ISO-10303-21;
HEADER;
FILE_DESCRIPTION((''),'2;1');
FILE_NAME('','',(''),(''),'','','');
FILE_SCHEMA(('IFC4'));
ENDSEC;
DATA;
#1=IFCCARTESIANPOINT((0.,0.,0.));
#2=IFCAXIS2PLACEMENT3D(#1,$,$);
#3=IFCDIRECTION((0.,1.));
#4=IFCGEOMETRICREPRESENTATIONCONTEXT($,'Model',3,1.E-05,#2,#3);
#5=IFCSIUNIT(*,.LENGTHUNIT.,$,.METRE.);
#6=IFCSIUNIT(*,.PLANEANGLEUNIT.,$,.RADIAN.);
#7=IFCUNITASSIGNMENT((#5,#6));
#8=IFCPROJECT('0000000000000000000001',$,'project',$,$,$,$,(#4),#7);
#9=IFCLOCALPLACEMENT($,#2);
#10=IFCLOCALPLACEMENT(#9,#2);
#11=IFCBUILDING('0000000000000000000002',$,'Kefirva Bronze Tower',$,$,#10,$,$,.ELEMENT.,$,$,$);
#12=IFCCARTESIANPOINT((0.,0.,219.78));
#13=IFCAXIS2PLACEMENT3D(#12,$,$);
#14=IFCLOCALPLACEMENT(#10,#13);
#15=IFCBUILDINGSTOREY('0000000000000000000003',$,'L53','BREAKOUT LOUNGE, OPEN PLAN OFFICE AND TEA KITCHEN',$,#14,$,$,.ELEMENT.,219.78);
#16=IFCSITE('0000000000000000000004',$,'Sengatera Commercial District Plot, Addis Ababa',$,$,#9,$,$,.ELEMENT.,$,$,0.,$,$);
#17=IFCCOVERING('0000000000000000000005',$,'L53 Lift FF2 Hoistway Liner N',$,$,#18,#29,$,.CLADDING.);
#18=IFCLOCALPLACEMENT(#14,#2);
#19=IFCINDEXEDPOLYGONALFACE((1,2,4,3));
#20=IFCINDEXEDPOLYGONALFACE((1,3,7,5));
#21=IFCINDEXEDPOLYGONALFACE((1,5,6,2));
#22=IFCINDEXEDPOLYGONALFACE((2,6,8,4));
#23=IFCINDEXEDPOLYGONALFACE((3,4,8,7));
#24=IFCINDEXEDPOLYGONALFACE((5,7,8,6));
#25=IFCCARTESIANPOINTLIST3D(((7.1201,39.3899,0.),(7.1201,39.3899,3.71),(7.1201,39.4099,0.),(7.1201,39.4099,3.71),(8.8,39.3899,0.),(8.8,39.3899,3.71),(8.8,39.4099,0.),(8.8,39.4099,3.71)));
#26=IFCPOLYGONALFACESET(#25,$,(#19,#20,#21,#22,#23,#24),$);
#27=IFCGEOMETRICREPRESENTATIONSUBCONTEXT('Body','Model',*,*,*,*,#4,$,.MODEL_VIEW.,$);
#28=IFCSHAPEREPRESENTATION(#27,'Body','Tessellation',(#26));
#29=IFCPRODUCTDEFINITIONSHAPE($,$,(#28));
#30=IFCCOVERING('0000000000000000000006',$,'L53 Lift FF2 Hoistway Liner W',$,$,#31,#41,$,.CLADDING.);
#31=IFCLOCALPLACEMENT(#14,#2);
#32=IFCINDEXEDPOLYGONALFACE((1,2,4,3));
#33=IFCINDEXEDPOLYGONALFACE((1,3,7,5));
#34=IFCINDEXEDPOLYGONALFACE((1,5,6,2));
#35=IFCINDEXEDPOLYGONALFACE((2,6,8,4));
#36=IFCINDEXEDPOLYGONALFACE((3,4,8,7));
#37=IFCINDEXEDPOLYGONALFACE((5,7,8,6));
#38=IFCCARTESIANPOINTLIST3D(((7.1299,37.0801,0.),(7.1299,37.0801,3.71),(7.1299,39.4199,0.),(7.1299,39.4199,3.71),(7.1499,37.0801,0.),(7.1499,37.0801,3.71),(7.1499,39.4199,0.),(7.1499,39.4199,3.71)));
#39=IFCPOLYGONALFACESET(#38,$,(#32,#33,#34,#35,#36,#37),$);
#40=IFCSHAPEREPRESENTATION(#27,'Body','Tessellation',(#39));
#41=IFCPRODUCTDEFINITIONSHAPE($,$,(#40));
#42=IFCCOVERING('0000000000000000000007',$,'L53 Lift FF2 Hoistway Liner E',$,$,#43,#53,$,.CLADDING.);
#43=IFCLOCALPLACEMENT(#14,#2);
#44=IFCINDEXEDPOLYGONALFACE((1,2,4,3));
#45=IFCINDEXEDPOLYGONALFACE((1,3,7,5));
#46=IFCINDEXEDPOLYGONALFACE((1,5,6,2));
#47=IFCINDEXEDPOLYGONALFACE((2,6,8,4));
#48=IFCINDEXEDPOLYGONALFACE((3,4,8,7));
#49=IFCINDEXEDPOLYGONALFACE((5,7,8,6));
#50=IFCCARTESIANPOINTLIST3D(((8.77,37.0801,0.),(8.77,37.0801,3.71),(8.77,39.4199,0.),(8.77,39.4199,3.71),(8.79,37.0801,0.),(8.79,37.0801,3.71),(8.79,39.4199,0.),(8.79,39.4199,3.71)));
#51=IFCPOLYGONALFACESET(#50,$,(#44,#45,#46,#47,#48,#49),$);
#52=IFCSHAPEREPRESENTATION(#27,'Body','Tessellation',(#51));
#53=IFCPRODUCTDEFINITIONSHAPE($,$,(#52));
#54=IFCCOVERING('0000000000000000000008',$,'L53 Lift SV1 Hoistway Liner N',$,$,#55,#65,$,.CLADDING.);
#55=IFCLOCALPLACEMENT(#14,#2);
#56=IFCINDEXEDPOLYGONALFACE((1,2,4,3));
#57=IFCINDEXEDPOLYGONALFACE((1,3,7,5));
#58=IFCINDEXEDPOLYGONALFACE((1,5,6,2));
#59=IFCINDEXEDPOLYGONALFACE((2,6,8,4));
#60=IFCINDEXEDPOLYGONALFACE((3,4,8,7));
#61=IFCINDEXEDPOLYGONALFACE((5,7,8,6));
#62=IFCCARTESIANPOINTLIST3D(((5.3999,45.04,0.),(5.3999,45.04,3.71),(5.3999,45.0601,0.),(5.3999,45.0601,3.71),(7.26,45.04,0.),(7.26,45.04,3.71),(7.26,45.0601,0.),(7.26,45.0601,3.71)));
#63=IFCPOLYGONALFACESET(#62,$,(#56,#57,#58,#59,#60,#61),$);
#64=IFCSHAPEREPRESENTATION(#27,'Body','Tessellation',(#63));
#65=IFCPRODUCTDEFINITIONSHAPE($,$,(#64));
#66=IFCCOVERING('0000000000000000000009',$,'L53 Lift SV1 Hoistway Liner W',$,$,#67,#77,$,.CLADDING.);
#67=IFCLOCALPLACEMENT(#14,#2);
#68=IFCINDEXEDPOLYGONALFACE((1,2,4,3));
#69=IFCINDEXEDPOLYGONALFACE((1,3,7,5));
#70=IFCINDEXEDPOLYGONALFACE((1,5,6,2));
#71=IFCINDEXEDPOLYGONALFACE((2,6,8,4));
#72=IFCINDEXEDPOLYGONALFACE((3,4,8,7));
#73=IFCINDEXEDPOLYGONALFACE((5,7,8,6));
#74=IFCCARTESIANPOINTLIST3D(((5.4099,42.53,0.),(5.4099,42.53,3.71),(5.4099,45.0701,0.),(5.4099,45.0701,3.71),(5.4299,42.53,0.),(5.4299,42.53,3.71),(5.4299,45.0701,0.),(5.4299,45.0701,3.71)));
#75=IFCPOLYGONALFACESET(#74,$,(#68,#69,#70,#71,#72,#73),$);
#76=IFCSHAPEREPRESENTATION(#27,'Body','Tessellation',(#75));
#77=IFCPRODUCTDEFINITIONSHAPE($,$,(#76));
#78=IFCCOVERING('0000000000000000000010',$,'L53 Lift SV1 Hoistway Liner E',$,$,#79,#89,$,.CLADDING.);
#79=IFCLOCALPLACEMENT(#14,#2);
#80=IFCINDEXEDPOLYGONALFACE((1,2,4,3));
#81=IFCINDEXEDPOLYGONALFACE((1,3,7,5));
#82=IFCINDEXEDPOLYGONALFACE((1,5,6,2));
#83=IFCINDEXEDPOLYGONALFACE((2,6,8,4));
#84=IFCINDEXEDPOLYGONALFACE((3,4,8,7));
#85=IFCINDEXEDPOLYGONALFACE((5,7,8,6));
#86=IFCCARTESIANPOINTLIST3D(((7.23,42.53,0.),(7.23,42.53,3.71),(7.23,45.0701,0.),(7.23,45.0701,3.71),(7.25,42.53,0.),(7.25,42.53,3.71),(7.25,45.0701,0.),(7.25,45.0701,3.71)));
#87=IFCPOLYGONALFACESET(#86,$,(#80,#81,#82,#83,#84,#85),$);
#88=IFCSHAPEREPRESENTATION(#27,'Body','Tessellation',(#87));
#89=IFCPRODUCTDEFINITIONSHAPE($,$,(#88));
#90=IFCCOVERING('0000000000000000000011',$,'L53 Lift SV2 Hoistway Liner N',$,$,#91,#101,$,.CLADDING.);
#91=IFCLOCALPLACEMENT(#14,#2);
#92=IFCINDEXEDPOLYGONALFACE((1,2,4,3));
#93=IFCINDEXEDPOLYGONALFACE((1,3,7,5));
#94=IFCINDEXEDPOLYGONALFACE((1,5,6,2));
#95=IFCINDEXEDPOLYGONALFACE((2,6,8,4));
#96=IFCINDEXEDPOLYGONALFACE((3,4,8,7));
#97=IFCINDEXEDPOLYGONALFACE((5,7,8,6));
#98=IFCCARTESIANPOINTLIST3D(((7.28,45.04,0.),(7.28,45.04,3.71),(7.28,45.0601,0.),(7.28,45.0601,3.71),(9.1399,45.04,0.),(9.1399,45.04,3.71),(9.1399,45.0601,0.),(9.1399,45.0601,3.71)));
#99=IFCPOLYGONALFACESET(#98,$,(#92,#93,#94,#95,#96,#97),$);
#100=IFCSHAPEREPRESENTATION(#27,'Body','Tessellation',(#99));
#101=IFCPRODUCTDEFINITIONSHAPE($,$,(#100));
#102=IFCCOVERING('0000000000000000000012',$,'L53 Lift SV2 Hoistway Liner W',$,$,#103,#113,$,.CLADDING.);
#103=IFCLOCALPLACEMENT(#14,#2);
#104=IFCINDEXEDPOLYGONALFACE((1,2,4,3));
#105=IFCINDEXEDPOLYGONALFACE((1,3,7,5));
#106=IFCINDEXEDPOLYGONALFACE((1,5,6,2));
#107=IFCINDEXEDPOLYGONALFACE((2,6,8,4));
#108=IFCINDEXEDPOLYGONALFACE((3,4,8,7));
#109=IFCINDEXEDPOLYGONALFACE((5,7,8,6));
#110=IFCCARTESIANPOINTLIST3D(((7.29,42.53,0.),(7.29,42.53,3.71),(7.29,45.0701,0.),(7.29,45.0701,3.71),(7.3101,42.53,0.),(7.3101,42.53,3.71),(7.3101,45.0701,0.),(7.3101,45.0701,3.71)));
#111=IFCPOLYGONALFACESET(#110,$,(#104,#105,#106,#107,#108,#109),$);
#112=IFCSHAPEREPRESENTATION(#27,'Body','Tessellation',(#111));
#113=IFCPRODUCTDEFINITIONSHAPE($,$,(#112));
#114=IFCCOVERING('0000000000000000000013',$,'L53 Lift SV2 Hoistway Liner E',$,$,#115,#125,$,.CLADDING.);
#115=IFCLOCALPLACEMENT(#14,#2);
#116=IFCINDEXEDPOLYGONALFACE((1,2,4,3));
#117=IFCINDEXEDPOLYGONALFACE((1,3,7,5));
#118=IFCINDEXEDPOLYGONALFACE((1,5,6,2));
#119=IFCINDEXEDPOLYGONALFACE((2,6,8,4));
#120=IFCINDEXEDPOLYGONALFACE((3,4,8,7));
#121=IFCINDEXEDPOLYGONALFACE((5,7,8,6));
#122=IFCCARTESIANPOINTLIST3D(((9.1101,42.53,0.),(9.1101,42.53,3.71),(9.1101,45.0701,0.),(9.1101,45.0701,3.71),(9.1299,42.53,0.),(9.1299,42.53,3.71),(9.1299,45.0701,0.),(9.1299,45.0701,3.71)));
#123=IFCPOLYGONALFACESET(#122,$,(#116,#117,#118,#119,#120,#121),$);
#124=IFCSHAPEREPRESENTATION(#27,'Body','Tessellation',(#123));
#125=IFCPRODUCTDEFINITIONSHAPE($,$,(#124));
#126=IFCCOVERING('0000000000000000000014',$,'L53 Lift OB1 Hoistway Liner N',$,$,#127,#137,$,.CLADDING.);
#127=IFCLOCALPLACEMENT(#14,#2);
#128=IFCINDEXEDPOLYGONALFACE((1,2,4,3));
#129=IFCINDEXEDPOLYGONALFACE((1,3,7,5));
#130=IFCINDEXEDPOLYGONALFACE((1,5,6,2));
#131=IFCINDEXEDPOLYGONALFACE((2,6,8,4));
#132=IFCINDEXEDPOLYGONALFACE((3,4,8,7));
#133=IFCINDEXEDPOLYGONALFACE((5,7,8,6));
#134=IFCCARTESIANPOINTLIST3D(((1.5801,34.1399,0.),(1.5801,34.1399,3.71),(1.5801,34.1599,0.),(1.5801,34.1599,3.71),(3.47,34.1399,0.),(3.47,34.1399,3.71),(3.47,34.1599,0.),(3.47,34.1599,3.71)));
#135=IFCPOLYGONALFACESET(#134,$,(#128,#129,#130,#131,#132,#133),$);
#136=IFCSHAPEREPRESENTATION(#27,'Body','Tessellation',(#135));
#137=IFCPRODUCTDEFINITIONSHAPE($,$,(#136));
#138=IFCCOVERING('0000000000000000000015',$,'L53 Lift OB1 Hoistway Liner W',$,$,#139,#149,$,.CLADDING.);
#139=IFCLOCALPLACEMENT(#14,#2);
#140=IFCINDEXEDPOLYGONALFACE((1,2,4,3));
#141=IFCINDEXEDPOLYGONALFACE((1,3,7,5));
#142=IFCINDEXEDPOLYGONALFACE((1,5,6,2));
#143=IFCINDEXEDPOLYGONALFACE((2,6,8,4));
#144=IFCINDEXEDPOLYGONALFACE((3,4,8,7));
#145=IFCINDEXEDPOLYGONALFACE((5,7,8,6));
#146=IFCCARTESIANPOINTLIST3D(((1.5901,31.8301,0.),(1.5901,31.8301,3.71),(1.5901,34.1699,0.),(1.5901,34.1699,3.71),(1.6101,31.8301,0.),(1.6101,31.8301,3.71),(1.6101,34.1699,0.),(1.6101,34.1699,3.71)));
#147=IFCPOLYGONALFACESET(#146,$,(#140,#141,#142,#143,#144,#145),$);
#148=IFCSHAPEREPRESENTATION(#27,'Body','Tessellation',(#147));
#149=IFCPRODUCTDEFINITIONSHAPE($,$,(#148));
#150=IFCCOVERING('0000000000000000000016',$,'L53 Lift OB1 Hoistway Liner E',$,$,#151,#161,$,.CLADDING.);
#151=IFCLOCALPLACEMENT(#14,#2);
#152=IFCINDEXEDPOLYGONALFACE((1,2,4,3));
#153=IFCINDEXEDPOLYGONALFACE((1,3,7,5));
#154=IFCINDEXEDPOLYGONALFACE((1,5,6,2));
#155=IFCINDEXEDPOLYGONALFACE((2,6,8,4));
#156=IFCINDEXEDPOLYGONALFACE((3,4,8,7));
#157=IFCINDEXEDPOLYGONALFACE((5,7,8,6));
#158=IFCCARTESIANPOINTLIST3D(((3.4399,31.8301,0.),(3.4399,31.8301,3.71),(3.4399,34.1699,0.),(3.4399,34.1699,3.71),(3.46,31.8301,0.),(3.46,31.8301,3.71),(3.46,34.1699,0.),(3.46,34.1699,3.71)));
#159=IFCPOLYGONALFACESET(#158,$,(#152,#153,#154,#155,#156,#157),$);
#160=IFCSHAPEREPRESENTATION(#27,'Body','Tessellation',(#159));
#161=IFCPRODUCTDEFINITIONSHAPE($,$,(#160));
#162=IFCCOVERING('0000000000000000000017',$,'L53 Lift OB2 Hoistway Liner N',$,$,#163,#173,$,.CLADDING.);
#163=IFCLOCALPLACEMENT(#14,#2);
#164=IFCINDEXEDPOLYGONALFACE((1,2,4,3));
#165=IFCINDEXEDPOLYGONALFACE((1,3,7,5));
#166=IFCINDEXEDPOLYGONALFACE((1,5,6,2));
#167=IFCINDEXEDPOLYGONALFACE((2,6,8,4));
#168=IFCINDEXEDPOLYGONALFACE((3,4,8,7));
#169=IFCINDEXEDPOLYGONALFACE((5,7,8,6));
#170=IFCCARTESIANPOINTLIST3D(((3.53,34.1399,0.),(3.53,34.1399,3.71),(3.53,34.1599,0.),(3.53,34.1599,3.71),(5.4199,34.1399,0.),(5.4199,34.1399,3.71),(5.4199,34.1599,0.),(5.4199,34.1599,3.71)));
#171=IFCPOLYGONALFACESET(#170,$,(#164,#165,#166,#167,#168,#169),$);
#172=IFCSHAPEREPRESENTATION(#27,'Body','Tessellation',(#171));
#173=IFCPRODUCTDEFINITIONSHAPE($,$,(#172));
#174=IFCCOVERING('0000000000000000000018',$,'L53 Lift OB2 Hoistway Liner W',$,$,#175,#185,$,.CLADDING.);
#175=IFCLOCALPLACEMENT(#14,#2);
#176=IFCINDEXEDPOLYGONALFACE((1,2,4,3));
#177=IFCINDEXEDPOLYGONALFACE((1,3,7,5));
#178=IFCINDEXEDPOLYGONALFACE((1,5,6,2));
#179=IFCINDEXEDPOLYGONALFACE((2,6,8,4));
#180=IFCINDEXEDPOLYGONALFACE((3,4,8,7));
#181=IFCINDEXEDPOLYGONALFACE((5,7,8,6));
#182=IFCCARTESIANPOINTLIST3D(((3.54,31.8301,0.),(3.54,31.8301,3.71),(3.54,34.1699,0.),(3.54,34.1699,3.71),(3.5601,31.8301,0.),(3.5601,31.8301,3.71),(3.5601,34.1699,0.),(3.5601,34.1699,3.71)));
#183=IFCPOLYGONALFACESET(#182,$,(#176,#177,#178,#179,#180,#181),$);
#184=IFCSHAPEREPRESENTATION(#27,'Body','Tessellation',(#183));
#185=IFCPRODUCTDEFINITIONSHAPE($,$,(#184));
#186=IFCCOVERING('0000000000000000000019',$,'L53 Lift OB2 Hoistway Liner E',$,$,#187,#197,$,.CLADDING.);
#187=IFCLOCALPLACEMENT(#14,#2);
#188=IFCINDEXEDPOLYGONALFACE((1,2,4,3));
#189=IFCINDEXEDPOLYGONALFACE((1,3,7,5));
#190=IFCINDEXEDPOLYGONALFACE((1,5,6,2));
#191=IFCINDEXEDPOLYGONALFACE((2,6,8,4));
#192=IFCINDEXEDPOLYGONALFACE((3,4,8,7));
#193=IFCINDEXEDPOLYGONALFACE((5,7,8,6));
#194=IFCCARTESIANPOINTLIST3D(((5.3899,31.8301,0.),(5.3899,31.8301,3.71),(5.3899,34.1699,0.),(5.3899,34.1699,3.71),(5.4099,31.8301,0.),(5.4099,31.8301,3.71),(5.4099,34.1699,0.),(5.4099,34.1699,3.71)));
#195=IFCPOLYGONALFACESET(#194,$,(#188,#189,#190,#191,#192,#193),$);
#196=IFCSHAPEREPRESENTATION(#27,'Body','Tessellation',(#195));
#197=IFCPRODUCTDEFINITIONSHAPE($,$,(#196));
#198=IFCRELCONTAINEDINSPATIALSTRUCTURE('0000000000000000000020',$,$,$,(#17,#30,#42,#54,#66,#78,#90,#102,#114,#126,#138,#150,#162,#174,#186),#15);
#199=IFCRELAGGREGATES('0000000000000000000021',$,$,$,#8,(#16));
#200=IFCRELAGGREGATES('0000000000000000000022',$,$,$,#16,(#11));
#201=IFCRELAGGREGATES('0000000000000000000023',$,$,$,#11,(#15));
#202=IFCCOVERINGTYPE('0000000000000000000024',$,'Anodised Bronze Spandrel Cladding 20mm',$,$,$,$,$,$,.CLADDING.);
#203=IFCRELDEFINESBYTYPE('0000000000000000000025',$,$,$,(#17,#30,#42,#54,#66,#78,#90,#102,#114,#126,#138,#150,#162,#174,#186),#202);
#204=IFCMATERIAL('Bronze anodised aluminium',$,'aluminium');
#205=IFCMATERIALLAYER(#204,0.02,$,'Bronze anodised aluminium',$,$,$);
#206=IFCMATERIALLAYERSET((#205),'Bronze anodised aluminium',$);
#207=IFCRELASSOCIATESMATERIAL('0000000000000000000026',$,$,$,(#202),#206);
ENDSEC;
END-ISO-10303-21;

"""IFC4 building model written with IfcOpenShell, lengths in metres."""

from ifc_helpers import new_model, si_unit, direction, frame, origin, place, context, subcontext, project, spatial, polyline, outline, extrude, material, layer, layer_set, type_object, element, save


model = new_model("IFC4")

# Units and contexts
model_context = context("Model", 3, precision=1e-05, world=origin(), true_north=direction((0.0, 1.0)))
body_context = subcontext(model_context, "Body", "Model", "MODEL_VIEW")
ifc_project = project(units=[si_unit("LENGTHUNIT", "METRE"), si_unit("PLANEANGLEUNIT", "RADIAN")], contexts=[model_context])

# Site, building, storey
site_placement = place(None, origin())
site = spatial("IfcSite", under=ifc_project, at=site_placement, Name="Sengatera Commercial District Plot, Addis Ababa", CompositionType="ELEMENT", RefElevation=0.0)
building_placement = place(site_placement, origin())
building = spatial("IfcBuilding", under=site, at=building_placement, Name="Kefirva Bronze Tower", CompositionType="ELEMENT")
storey_placement = place(building_placement, frame((0.0, 0.0, 219.78)))
storey = spatial("IfcBuildingStorey", under=building, at=storey_placement, Name="L53", Description="BREAKOUT LOUNGE, OPEN PLAN OFFICE AND TEA KITCHEN", CompositionType="ELEMENT", Elevation=219.78)

# Coverings
ifc_material_1 = material(Name="Bronze anodised aluminium", Category="aluminium")
ifc_layer_1 = layer(ifc_material_1, 0.02, Name="Bronze anodised aluminium")
ifc_layer_set_1 = layer_set([ifc_layer_1], Name="Bronze anodised aluminium")
covering_type_1 = type_object("IfcCoveringType", Name="Anodised Bronze Spandrel Cladding 20mm", PredefinedType="CLADDING", material=ifc_layer_set_1)
covering_1_placement = place(storey_placement, origin())
element("IfcCovering", 1, at=covering_1_placement, inside=storey, type_object=covering_type_1, Name="L53 Lift FF2 Hoistway Liner N", PredefinedType="CLADDING", context=body_context, shape_type="SweptSolid", body=[
    extrude(outline(polyline([(7.1201, 39.3899), (8.8, 39.3899), (8.8, 39.4099), (7.1201, 39.4099), (7.1201, 39.3899)])), origin(), (0.0, 0.0, 1.0), 3.71),
])
covering_2_placement = place(storey_placement, origin())
element("IfcCovering", 2, at=covering_2_placement, inside=storey, type_object=covering_type_1, Name="L53 Lift FF2 Hoistway Liner W", PredefinedType="CLADDING", context=body_context, shape_type="SweptSolid", body=[
    extrude(outline(polyline([(7.1299, 37.0801), (7.1499, 37.0801), (7.1499, 39.4199), (7.1299, 39.4199), (7.1299, 37.0801)])), origin(), (0.0, 0.0, 1.0), 3.71),
])
covering_3_placement = place(storey_placement, origin())
element("IfcCovering", 3, at=covering_3_placement, inside=storey, type_object=covering_type_1, Name="L53 Lift FF2 Hoistway Liner E", PredefinedType="CLADDING", context=body_context, shape_type="SweptSolid", body=[
    extrude(outline(polyline([(8.77, 37.0801), (8.79, 37.0801), (8.79, 39.4199), (8.77, 39.4199), (8.77, 37.0801)])), origin(), (0.0, 0.0, 1.0), 3.71),
])
covering_4_placement = place(storey_placement, origin())
element("IfcCovering", 4, at=covering_4_placement, inside=storey, type_object=covering_type_1, Name="L53 Lift SV1 Hoistway Liner N", PredefinedType="CLADDING", context=body_context, shape_type="SweptSolid", body=[
    extrude(outline(polyline([(5.3999, 45.04), (7.26, 45.04), (7.26, 45.0601), (5.3999, 45.0601), (5.3999, 45.04)])), origin(), (0.0, 0.0, 1.0), 3.71),
])
covering_5_placement = place(storey_placement, origin())
element("IfcCovering", 5, at=covering_5_placement, inside=storey, type_object=covering_type_1, Name="L53 Lift SV1 Hoistway Liner W", PredefinedType="CLADDING", context=body_context, shape_type="SweptSolid", body=[
    extrude(outline(polyline([(5.4099, 42.53), (5.4299, 42.53), (5.4299, 45.0701), (5.4099, 45.0701), (5.4099, 42.53)])), origin(), (0.0, 0.0, 1.0), 3.71),
])
covering_6_placement = place(storey_placement, origin())
element("IfcCovering", 6, at=covering_6_placement, inside=storey, type_object=covering_type_1, Name="L53 Lift SV1 Hoistway Liner E", PredefinedType="CLADDING", context=body_context, shape_type="SweptSolid", body=[
    extrude(outline(polyline([(7.23, 42.53), (7.25, 42.53), (7.25, 45.0701), (7.23, 45.0701), (7.23, 42.53)])), origin(), (0.0, 0.0, 1.0), 3.71),
])
covering_7_placement = place(storey_placement, origin())
element("IfcCovering", 7, at=covering_7_placement, inside=storey, type_object=covering_type_1, Name="L53 Lift SV2 Hoistway Liner N", PredefinedType="CLADDING", context=body_context, shape_type="SweptSolid", body=[
    extrude(outline(polyline([(7.28, 45.04), (9.1399, 45.04), (9.1399, 45.0601), (7.28, 45.0601), (7.28, 45.04)])), origin(), (0.0, 0.0, 1.0), 3.71),
])
covering_8_placement = place(storey_placement, origin())
element("IfcCovering", 8, at=covering_8_placement, inside=storey, type_object=covering_type_1, Name="L53 Lift SV2 Hoistway Liner W", PredefinedType="CLADDING", context=body_context, shape_type="SweptSolid", body=[
    extrude(outline(polyline([(7.29, 42.53), (7.3101, 42.53), (7.3101, 45.0701), (7.29, 45.0701), (7.29, 42.53)])), origin(), (0.0, 0.0, 1.0), 3.71),
])
covering_9_placement = place(storey_placement, origin())
element("IfcCovering", 9, at=covering_9_placement, inside=storey, type_object=covering_type_1, Name="L53 Lift SV2 Hoistway Liner E", PredefinedType="CLADDING", context=body_context, shape_type="SweptSolid", body=[
    extrude(outline(polyline([(9.1101, 42.53), (9.1299, 42.53), (9.1299, 45.0701), (9.1101, 45.0701), (9.1101, 42.53)])), origin(), (0.0, 0.0, 1.0), 3.71),
])
covering_10_placement = place(storey_placement, origin())
element("IfcCovering", 10, at=covering_10_placement, inside=storey, type_object=covering_type_1, Name="L53 Lift OB1 Hoistway Liner N", PredefinedType="CLADDING", context=body_context, shape_type="SweptSolid", body=[
    extrude(outline(polyline([(1.5801, 34.1399), (3.47, 34.1399), (3.47, 34.1599), (1.5801, 34.1599), (1.5801, 34.1399)])), origin(), (0.0, 0.0, 1.0), 3.71),
])
covering_11_placement = place(storey_placement, origin())
element("IfcCovering", 11, at=covering_11_placement, inside=storey, type_object=covering_type_1, Name="L53 Lift OB1 Hoistway Liner W", PredefinedType="CLADDING", context=body_context, shape_type="SweptSolid", body=[
    extrude(outline(polyline([(1.5901, 31.8301), (1.6101, 31.8301), (1.6101, 34.1699), (1.5901, 34.1699), (1.5901, 31.8301)])), origin(), (0.0, 0.0, 1.0), 3.71),
])
covering_12_placement = place(storey_placement, origin())
element("IfcCovering", 12, at=covering_12_placement, inside=storey, type_object=covering_type_1, Name="L53 Lift OB1 Hoistway Liner E", PredefinedType="CLADDING", context=body_context, shape_type="SweptSolid", body=[
    extrude(outline(polyline([(3.4399, 31.8301), (3.46, 31.8301), (3.46, 34.1699), (3.4399, 34.1699), (3.4399, 31.8301)])), origin(), (0.0, 0.0, 1.0), 3.71),
])
covering_13_placement = place(storey_placement, origin())
element("IfcCovering", 13, at=covering_13_placement, inside=storey, type_object=covering_type_1, Name="L53 Lift OB2 Hoistway Liner N", PredefinedType="CLADDING", context=body_context, shape_type="SweptSolid", body=[
    extrude(outline(polyline([(3.53, 34.1399), (5.4199, 34.1399), (5.4199, 34.1599), (3.53, 34.1599), (3.53, 34.1399)])), origin(), (0.0, 0.0, 1.0), 3.71),
])
covering_14_placement = place(storey_placement, origin())
element("IfcCovering", 14, at=covering_14_placement, inside=storey, type_object=covering_type_1, Name="L53 Lift OB2 Hoistway Liner W", PredefinedType="CLADDING", context=body_context, shape_type="SweptSolid", body=[
    extrude(outline(polyline([(3.54, 31.8301), (3.5601, 31.8301), (3.5601, 34.1699), (3.54, 34.1699), (3.54, 31.8301)])), origin(), (0.0, 0.0, 1.0), 3.71),
])
covering_15_placement = place(storey_placement, origin())
element("IfcCovering", 15, at=covering_15_placement, inside=storey, type_object=covering_type_1, Name="L53 Lift OB2 Hoistway Liner E", PredefinedType="CLADDING", context=body_context, shape_type="SweptSolid", body=[
    extrude(outline(polyline([(5.3899, 31.8301), (5.4099, 31.8301), (5.4099, 34.1699), (5.3899, 34.1699), (5.3899, 31.8301)])), origin(), (0.0, 0.0, 1.0), 3.71),
])

save(model, "model.ifc")
